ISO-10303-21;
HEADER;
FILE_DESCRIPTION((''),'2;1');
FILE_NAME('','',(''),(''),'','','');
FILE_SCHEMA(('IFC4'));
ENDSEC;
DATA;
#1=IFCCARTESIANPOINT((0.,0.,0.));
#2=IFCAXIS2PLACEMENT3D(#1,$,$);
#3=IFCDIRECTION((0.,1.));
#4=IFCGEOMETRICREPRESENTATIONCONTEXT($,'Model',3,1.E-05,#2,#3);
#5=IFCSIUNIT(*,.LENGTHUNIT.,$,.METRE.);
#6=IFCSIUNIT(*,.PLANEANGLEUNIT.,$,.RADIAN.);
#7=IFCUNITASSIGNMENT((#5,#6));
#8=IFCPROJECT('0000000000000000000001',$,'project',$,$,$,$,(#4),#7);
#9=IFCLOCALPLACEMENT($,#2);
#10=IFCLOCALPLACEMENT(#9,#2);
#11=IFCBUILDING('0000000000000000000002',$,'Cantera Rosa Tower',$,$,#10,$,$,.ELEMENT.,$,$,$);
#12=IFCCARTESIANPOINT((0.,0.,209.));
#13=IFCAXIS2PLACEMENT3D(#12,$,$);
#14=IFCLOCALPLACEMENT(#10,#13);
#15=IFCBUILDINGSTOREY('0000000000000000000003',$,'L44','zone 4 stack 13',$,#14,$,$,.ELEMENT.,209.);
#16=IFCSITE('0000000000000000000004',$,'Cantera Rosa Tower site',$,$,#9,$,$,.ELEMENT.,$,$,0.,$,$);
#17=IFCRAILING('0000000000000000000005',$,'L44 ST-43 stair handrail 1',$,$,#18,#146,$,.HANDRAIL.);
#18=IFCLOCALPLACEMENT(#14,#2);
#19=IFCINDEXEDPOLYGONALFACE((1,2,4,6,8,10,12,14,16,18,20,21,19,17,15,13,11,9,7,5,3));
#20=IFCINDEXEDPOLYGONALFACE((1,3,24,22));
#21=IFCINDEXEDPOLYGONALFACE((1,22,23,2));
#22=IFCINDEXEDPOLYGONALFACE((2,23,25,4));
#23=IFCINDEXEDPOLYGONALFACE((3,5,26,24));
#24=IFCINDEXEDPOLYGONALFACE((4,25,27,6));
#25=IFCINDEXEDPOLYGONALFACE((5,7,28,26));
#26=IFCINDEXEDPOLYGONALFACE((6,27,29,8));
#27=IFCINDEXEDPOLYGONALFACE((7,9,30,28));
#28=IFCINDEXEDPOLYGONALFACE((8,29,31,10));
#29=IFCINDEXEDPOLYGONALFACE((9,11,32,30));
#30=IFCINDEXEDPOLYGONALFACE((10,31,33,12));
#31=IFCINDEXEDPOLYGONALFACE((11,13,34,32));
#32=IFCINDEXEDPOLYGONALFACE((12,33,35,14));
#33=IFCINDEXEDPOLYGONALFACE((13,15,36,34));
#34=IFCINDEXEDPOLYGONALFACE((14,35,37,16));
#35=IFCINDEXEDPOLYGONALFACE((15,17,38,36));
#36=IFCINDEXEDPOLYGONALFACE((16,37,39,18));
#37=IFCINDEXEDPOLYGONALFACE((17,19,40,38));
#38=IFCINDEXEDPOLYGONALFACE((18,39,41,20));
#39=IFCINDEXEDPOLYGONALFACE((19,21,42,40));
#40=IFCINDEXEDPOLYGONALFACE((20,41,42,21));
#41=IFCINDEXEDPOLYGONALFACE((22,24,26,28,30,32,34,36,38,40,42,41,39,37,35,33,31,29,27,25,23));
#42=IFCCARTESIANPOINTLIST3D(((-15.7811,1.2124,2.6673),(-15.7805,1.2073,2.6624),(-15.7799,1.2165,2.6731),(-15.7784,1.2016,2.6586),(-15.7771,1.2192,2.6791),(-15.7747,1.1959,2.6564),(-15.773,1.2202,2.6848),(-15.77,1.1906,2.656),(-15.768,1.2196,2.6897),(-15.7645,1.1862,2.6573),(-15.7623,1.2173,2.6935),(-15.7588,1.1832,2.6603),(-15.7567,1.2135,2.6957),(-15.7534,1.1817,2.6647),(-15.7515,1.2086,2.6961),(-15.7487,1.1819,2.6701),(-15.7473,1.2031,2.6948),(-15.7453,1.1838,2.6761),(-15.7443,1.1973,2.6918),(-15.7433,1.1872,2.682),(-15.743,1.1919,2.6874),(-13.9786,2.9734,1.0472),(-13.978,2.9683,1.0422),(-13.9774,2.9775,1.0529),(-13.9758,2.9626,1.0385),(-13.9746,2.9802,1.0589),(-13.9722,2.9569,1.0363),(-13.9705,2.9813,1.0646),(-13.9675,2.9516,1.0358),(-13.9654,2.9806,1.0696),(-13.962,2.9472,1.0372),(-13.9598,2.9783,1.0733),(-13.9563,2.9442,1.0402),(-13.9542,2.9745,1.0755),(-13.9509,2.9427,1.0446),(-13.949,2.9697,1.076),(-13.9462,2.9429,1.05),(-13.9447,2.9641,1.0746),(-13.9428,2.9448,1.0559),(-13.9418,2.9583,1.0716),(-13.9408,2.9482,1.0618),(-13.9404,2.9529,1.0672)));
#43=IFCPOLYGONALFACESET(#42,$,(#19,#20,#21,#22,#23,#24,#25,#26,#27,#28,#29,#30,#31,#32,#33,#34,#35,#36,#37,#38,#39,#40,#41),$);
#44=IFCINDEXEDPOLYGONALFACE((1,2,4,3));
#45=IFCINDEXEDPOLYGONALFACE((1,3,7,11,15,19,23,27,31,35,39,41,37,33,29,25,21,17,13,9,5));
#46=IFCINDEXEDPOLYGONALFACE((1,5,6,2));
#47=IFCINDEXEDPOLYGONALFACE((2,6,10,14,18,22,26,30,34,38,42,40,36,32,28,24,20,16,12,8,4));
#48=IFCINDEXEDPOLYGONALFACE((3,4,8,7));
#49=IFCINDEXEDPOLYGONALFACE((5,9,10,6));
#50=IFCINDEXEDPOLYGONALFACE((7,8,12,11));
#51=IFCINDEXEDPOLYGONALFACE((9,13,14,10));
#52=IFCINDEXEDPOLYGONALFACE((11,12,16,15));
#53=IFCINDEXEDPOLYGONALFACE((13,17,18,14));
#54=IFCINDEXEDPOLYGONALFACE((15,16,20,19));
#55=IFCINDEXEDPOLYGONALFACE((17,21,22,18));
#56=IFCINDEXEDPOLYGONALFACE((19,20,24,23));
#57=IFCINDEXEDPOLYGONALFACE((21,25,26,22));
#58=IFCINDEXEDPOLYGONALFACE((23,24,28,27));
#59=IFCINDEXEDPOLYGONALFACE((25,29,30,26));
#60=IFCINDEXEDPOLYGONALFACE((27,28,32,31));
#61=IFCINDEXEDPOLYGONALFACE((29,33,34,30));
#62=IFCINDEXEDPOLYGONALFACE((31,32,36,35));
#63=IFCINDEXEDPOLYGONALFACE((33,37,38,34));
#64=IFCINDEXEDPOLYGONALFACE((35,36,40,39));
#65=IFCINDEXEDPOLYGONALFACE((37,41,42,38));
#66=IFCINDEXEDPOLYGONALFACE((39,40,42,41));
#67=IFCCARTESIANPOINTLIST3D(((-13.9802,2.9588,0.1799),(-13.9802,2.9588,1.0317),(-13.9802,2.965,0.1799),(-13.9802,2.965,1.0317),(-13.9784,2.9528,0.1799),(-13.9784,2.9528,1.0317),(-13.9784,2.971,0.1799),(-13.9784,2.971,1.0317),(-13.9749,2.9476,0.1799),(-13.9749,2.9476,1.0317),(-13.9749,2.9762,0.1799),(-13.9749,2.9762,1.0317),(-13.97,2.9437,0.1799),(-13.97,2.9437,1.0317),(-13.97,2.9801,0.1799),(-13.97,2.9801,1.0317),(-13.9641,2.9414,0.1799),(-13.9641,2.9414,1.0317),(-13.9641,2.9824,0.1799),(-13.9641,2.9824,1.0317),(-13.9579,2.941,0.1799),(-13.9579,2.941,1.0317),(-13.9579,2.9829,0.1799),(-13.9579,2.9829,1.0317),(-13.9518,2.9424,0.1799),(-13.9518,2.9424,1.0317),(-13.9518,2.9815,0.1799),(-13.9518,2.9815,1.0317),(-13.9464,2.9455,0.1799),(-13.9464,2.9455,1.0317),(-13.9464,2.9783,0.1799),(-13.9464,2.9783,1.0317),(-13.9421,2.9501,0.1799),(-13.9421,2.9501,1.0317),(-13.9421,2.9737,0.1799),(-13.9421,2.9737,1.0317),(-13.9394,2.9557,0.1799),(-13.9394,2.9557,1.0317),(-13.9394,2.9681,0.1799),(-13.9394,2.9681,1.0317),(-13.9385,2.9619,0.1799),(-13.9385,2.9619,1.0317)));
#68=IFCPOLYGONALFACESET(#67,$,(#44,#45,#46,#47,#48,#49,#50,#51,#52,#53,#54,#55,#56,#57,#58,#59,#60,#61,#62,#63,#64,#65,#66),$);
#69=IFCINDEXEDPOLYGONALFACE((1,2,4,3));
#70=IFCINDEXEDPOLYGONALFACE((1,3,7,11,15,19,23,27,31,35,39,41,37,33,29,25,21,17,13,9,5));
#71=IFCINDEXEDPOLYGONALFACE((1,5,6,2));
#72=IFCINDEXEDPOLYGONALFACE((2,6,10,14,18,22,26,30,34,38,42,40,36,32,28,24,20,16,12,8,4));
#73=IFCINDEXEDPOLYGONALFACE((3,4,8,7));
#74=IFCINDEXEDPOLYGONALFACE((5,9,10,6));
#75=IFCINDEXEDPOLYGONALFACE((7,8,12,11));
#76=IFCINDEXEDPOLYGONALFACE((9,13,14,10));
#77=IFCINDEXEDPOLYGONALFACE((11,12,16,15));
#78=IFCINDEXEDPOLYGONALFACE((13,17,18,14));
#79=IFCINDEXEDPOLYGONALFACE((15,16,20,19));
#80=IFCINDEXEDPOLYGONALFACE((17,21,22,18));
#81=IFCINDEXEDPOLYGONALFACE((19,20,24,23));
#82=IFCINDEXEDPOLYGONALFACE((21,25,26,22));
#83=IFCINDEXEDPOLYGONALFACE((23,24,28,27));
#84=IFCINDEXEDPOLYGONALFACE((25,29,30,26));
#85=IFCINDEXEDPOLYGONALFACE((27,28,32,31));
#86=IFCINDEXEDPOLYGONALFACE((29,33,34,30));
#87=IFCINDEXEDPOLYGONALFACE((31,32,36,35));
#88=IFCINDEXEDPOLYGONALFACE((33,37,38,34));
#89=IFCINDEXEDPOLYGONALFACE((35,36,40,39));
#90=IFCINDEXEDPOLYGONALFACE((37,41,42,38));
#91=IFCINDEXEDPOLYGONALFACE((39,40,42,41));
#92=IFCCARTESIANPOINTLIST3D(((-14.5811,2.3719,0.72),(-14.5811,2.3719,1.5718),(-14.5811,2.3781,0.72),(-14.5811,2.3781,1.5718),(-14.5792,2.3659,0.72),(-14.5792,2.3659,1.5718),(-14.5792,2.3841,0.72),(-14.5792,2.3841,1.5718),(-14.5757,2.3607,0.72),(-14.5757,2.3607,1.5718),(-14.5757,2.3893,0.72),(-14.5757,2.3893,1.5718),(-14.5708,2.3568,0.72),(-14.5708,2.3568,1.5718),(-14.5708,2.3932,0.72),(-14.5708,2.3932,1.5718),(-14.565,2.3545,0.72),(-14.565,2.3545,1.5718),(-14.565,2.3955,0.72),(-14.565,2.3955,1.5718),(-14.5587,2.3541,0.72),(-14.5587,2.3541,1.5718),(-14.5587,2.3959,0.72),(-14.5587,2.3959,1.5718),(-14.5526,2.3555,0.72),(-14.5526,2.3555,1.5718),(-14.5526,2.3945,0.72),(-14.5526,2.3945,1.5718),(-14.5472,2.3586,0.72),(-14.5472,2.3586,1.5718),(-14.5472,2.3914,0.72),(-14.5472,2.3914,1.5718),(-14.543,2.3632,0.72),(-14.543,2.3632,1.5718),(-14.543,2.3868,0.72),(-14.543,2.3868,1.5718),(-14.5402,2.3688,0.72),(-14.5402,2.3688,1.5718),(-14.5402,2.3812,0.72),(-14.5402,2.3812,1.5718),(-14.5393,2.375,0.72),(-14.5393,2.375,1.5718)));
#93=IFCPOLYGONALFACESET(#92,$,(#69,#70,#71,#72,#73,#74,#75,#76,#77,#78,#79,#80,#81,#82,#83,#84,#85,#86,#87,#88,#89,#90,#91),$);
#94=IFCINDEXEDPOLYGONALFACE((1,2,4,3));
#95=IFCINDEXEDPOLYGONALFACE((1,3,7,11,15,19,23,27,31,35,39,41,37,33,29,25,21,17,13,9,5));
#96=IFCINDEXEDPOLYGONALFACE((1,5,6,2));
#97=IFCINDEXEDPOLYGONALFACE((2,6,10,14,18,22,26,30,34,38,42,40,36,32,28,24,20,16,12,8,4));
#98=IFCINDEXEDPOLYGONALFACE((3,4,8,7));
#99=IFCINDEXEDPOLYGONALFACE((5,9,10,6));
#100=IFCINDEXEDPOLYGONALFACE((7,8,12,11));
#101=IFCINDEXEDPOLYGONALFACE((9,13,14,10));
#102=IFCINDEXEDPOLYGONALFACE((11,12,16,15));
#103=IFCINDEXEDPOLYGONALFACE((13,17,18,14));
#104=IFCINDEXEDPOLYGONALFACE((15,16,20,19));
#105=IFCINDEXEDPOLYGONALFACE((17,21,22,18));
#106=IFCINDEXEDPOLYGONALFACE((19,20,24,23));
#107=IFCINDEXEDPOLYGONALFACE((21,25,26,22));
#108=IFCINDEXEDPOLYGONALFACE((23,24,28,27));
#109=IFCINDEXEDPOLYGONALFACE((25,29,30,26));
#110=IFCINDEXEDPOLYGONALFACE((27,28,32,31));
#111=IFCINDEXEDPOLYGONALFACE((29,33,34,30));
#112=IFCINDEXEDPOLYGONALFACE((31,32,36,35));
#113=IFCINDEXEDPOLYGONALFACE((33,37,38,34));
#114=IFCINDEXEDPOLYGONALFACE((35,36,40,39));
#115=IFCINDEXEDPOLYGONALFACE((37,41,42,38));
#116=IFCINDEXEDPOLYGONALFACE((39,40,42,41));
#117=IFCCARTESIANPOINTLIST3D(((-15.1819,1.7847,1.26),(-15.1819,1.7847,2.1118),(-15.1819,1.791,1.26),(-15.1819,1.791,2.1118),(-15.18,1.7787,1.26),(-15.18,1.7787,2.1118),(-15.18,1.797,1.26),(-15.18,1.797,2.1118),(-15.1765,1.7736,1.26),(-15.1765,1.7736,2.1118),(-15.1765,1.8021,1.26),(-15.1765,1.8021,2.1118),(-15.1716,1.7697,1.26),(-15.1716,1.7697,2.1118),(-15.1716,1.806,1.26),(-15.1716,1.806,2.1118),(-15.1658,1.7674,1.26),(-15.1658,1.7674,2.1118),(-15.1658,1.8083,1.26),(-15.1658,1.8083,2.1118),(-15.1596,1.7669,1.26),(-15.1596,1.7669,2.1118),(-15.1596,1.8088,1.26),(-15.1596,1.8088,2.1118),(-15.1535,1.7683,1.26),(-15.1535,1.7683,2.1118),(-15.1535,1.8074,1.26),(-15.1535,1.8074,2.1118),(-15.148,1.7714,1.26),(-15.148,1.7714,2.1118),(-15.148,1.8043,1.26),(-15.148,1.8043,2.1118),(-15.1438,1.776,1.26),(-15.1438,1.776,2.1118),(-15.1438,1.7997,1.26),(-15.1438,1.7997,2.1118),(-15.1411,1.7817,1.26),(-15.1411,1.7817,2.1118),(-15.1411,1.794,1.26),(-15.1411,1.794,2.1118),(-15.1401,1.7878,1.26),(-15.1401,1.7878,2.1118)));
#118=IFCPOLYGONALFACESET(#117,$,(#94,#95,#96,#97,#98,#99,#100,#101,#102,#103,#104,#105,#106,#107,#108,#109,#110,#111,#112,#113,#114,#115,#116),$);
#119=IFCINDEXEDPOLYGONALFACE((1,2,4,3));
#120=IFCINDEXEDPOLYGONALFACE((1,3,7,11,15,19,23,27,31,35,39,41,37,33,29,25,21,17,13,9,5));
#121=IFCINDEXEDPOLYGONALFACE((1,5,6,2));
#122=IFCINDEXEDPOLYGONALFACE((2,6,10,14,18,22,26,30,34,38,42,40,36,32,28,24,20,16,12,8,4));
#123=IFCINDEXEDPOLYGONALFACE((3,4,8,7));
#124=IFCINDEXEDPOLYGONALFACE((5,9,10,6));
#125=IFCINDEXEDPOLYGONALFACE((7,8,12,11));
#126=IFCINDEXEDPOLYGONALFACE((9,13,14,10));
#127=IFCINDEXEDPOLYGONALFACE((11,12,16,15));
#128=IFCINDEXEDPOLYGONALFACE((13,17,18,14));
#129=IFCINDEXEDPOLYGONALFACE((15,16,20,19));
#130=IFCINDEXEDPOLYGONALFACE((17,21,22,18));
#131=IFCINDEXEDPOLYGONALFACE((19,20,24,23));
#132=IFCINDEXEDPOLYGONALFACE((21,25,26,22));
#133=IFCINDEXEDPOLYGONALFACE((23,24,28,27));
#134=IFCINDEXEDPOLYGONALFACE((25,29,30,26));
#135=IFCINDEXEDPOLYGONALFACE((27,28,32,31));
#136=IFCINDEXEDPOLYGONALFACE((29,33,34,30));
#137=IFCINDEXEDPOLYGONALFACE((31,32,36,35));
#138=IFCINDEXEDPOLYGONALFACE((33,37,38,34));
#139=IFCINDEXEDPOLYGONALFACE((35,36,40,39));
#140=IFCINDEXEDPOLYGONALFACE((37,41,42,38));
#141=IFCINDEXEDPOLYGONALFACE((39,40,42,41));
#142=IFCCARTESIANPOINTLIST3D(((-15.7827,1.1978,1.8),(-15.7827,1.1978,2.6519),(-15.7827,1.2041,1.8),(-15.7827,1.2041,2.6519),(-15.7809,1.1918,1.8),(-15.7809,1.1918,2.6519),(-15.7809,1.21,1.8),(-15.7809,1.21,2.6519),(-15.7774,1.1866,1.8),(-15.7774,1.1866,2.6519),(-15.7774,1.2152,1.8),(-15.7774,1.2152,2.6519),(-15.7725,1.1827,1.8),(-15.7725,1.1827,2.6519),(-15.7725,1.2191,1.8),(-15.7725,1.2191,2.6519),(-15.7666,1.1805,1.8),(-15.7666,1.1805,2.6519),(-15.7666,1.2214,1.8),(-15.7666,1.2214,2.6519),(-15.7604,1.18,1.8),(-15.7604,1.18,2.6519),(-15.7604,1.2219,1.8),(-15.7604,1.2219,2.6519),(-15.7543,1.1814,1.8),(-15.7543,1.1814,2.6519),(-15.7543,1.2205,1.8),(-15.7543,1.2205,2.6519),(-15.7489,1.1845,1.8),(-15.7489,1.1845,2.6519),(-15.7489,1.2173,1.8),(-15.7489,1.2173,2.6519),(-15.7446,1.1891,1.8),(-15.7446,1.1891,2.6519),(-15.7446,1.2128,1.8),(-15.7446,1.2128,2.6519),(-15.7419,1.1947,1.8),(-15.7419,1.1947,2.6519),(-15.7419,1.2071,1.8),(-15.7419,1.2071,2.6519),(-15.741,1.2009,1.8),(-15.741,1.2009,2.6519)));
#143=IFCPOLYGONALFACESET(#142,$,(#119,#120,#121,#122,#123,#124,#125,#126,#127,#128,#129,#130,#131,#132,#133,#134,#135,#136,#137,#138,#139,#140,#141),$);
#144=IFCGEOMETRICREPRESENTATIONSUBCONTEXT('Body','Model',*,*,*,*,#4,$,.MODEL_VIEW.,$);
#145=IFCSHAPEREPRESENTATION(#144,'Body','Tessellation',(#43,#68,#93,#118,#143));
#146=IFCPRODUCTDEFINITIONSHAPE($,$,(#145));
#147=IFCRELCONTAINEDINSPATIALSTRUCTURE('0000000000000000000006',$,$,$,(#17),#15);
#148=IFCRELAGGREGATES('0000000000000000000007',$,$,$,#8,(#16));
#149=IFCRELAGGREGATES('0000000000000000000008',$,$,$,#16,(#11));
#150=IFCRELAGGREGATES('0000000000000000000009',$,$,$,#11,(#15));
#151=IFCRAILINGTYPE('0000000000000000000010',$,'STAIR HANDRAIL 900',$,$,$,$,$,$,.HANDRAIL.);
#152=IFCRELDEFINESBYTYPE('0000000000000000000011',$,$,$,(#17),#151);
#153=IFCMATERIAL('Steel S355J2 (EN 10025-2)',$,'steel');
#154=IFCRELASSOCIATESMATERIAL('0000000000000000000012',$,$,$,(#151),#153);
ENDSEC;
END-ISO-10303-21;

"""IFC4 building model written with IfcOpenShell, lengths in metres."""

from ifc_helpers import new_model, si_unit, direction, frame, origin, origin_2d, place, context, subcontext, project, spatial, circle, extrude, material, type_object, element, save


model = new_model("IFC4")

# Units and contexts
model_context = context("Model", 3, precision=1e-05, world=origin(), true_north=direction((0.0, 1.0)))
body_context = subcontext(model_context, "Body", "Model", "MODEL_VIEW")
ifc_project = project(units=[si_unit("LENGTHUNIT", "METRE"), si_unit("PLANEANGLEUNIT", "RADIAN")], contexts=[model_context])

# Site, building, storey
site_placement = place(None, origin())
site = spatial("IfcSite", under=ifc_project, at=site_placement, Name="Cantera Rosa Tower site", CompositionType="ELEMENT", RefElevation=0.0)
building_placement = place(site_placement, origin())
building = spatial("IfcBuilding", under=site, at=building_placement, Name="Cantera Rosa Tower", CompositionType="ELEMENT")
storey_placement = place(building_placement, frame((0.0, 0.0, 209.0)))
storey = spatial("IfcBuildingStorey", under=building, at=storey_placement, Name="L44", Description="zone 4 stack 13", CompositionType="ELEMENT", Elevation=209.0)

# Railing
ifc_material_1 = material(Name="Steel S355J2 (EN 10025-2)", Category="steel")
railing_type_1 = type_object("IfcRailingType", Name="STAIR HANDRAIL 900", PredefinedType="HANDRAIL", material=ifc_material_1)
railing_1_placement = place(storey_placement, frame((-13.9595, 2.9619, 0.1799)))
element("IfcRailing", 1, at=railing_1_placement, inside=storey, type_object=railing_type_1, Name="L44 ST-43 stair handrail 1", PredefinedType="HANDRAIL", context=body_context, shape_type="SweptSolid", body=[
    extrude(circle(Radius=0.0239, at=origin_2d()), frame((0.0, 0.0, 0.876), z_axis=(-0.601672, -0.587818, 0.540796), x_axis=(0.698824, -0.715294, 0.0)), (0.0, 0.0, 1.0), 2.9958),
    extrude(circle(Radius=0.021, at=origin_2d()), origin(), (0.0, 0.0, 1.0), 0.8518),
    extrude(circle(Radius=0.021, at=origin_2d()), frame((-0.6008, -0.5869, 0.54)), (0.0, 0.0, 1.0), 0.8518),
    extrude(circle(Radius=0.021, at=origin_2d()), frame((-1.2017, -1.1741, 1.0801)), (0.0, 0.0, 1.0), 0.8518),
    extrude(circle(Radius=0.021, at=origin_2d()), frame((-1.8025, -1.761, 1.6201)), (0.0, 0.0, 1.0), 0.8518),
])

save(model, "model.ifc")
